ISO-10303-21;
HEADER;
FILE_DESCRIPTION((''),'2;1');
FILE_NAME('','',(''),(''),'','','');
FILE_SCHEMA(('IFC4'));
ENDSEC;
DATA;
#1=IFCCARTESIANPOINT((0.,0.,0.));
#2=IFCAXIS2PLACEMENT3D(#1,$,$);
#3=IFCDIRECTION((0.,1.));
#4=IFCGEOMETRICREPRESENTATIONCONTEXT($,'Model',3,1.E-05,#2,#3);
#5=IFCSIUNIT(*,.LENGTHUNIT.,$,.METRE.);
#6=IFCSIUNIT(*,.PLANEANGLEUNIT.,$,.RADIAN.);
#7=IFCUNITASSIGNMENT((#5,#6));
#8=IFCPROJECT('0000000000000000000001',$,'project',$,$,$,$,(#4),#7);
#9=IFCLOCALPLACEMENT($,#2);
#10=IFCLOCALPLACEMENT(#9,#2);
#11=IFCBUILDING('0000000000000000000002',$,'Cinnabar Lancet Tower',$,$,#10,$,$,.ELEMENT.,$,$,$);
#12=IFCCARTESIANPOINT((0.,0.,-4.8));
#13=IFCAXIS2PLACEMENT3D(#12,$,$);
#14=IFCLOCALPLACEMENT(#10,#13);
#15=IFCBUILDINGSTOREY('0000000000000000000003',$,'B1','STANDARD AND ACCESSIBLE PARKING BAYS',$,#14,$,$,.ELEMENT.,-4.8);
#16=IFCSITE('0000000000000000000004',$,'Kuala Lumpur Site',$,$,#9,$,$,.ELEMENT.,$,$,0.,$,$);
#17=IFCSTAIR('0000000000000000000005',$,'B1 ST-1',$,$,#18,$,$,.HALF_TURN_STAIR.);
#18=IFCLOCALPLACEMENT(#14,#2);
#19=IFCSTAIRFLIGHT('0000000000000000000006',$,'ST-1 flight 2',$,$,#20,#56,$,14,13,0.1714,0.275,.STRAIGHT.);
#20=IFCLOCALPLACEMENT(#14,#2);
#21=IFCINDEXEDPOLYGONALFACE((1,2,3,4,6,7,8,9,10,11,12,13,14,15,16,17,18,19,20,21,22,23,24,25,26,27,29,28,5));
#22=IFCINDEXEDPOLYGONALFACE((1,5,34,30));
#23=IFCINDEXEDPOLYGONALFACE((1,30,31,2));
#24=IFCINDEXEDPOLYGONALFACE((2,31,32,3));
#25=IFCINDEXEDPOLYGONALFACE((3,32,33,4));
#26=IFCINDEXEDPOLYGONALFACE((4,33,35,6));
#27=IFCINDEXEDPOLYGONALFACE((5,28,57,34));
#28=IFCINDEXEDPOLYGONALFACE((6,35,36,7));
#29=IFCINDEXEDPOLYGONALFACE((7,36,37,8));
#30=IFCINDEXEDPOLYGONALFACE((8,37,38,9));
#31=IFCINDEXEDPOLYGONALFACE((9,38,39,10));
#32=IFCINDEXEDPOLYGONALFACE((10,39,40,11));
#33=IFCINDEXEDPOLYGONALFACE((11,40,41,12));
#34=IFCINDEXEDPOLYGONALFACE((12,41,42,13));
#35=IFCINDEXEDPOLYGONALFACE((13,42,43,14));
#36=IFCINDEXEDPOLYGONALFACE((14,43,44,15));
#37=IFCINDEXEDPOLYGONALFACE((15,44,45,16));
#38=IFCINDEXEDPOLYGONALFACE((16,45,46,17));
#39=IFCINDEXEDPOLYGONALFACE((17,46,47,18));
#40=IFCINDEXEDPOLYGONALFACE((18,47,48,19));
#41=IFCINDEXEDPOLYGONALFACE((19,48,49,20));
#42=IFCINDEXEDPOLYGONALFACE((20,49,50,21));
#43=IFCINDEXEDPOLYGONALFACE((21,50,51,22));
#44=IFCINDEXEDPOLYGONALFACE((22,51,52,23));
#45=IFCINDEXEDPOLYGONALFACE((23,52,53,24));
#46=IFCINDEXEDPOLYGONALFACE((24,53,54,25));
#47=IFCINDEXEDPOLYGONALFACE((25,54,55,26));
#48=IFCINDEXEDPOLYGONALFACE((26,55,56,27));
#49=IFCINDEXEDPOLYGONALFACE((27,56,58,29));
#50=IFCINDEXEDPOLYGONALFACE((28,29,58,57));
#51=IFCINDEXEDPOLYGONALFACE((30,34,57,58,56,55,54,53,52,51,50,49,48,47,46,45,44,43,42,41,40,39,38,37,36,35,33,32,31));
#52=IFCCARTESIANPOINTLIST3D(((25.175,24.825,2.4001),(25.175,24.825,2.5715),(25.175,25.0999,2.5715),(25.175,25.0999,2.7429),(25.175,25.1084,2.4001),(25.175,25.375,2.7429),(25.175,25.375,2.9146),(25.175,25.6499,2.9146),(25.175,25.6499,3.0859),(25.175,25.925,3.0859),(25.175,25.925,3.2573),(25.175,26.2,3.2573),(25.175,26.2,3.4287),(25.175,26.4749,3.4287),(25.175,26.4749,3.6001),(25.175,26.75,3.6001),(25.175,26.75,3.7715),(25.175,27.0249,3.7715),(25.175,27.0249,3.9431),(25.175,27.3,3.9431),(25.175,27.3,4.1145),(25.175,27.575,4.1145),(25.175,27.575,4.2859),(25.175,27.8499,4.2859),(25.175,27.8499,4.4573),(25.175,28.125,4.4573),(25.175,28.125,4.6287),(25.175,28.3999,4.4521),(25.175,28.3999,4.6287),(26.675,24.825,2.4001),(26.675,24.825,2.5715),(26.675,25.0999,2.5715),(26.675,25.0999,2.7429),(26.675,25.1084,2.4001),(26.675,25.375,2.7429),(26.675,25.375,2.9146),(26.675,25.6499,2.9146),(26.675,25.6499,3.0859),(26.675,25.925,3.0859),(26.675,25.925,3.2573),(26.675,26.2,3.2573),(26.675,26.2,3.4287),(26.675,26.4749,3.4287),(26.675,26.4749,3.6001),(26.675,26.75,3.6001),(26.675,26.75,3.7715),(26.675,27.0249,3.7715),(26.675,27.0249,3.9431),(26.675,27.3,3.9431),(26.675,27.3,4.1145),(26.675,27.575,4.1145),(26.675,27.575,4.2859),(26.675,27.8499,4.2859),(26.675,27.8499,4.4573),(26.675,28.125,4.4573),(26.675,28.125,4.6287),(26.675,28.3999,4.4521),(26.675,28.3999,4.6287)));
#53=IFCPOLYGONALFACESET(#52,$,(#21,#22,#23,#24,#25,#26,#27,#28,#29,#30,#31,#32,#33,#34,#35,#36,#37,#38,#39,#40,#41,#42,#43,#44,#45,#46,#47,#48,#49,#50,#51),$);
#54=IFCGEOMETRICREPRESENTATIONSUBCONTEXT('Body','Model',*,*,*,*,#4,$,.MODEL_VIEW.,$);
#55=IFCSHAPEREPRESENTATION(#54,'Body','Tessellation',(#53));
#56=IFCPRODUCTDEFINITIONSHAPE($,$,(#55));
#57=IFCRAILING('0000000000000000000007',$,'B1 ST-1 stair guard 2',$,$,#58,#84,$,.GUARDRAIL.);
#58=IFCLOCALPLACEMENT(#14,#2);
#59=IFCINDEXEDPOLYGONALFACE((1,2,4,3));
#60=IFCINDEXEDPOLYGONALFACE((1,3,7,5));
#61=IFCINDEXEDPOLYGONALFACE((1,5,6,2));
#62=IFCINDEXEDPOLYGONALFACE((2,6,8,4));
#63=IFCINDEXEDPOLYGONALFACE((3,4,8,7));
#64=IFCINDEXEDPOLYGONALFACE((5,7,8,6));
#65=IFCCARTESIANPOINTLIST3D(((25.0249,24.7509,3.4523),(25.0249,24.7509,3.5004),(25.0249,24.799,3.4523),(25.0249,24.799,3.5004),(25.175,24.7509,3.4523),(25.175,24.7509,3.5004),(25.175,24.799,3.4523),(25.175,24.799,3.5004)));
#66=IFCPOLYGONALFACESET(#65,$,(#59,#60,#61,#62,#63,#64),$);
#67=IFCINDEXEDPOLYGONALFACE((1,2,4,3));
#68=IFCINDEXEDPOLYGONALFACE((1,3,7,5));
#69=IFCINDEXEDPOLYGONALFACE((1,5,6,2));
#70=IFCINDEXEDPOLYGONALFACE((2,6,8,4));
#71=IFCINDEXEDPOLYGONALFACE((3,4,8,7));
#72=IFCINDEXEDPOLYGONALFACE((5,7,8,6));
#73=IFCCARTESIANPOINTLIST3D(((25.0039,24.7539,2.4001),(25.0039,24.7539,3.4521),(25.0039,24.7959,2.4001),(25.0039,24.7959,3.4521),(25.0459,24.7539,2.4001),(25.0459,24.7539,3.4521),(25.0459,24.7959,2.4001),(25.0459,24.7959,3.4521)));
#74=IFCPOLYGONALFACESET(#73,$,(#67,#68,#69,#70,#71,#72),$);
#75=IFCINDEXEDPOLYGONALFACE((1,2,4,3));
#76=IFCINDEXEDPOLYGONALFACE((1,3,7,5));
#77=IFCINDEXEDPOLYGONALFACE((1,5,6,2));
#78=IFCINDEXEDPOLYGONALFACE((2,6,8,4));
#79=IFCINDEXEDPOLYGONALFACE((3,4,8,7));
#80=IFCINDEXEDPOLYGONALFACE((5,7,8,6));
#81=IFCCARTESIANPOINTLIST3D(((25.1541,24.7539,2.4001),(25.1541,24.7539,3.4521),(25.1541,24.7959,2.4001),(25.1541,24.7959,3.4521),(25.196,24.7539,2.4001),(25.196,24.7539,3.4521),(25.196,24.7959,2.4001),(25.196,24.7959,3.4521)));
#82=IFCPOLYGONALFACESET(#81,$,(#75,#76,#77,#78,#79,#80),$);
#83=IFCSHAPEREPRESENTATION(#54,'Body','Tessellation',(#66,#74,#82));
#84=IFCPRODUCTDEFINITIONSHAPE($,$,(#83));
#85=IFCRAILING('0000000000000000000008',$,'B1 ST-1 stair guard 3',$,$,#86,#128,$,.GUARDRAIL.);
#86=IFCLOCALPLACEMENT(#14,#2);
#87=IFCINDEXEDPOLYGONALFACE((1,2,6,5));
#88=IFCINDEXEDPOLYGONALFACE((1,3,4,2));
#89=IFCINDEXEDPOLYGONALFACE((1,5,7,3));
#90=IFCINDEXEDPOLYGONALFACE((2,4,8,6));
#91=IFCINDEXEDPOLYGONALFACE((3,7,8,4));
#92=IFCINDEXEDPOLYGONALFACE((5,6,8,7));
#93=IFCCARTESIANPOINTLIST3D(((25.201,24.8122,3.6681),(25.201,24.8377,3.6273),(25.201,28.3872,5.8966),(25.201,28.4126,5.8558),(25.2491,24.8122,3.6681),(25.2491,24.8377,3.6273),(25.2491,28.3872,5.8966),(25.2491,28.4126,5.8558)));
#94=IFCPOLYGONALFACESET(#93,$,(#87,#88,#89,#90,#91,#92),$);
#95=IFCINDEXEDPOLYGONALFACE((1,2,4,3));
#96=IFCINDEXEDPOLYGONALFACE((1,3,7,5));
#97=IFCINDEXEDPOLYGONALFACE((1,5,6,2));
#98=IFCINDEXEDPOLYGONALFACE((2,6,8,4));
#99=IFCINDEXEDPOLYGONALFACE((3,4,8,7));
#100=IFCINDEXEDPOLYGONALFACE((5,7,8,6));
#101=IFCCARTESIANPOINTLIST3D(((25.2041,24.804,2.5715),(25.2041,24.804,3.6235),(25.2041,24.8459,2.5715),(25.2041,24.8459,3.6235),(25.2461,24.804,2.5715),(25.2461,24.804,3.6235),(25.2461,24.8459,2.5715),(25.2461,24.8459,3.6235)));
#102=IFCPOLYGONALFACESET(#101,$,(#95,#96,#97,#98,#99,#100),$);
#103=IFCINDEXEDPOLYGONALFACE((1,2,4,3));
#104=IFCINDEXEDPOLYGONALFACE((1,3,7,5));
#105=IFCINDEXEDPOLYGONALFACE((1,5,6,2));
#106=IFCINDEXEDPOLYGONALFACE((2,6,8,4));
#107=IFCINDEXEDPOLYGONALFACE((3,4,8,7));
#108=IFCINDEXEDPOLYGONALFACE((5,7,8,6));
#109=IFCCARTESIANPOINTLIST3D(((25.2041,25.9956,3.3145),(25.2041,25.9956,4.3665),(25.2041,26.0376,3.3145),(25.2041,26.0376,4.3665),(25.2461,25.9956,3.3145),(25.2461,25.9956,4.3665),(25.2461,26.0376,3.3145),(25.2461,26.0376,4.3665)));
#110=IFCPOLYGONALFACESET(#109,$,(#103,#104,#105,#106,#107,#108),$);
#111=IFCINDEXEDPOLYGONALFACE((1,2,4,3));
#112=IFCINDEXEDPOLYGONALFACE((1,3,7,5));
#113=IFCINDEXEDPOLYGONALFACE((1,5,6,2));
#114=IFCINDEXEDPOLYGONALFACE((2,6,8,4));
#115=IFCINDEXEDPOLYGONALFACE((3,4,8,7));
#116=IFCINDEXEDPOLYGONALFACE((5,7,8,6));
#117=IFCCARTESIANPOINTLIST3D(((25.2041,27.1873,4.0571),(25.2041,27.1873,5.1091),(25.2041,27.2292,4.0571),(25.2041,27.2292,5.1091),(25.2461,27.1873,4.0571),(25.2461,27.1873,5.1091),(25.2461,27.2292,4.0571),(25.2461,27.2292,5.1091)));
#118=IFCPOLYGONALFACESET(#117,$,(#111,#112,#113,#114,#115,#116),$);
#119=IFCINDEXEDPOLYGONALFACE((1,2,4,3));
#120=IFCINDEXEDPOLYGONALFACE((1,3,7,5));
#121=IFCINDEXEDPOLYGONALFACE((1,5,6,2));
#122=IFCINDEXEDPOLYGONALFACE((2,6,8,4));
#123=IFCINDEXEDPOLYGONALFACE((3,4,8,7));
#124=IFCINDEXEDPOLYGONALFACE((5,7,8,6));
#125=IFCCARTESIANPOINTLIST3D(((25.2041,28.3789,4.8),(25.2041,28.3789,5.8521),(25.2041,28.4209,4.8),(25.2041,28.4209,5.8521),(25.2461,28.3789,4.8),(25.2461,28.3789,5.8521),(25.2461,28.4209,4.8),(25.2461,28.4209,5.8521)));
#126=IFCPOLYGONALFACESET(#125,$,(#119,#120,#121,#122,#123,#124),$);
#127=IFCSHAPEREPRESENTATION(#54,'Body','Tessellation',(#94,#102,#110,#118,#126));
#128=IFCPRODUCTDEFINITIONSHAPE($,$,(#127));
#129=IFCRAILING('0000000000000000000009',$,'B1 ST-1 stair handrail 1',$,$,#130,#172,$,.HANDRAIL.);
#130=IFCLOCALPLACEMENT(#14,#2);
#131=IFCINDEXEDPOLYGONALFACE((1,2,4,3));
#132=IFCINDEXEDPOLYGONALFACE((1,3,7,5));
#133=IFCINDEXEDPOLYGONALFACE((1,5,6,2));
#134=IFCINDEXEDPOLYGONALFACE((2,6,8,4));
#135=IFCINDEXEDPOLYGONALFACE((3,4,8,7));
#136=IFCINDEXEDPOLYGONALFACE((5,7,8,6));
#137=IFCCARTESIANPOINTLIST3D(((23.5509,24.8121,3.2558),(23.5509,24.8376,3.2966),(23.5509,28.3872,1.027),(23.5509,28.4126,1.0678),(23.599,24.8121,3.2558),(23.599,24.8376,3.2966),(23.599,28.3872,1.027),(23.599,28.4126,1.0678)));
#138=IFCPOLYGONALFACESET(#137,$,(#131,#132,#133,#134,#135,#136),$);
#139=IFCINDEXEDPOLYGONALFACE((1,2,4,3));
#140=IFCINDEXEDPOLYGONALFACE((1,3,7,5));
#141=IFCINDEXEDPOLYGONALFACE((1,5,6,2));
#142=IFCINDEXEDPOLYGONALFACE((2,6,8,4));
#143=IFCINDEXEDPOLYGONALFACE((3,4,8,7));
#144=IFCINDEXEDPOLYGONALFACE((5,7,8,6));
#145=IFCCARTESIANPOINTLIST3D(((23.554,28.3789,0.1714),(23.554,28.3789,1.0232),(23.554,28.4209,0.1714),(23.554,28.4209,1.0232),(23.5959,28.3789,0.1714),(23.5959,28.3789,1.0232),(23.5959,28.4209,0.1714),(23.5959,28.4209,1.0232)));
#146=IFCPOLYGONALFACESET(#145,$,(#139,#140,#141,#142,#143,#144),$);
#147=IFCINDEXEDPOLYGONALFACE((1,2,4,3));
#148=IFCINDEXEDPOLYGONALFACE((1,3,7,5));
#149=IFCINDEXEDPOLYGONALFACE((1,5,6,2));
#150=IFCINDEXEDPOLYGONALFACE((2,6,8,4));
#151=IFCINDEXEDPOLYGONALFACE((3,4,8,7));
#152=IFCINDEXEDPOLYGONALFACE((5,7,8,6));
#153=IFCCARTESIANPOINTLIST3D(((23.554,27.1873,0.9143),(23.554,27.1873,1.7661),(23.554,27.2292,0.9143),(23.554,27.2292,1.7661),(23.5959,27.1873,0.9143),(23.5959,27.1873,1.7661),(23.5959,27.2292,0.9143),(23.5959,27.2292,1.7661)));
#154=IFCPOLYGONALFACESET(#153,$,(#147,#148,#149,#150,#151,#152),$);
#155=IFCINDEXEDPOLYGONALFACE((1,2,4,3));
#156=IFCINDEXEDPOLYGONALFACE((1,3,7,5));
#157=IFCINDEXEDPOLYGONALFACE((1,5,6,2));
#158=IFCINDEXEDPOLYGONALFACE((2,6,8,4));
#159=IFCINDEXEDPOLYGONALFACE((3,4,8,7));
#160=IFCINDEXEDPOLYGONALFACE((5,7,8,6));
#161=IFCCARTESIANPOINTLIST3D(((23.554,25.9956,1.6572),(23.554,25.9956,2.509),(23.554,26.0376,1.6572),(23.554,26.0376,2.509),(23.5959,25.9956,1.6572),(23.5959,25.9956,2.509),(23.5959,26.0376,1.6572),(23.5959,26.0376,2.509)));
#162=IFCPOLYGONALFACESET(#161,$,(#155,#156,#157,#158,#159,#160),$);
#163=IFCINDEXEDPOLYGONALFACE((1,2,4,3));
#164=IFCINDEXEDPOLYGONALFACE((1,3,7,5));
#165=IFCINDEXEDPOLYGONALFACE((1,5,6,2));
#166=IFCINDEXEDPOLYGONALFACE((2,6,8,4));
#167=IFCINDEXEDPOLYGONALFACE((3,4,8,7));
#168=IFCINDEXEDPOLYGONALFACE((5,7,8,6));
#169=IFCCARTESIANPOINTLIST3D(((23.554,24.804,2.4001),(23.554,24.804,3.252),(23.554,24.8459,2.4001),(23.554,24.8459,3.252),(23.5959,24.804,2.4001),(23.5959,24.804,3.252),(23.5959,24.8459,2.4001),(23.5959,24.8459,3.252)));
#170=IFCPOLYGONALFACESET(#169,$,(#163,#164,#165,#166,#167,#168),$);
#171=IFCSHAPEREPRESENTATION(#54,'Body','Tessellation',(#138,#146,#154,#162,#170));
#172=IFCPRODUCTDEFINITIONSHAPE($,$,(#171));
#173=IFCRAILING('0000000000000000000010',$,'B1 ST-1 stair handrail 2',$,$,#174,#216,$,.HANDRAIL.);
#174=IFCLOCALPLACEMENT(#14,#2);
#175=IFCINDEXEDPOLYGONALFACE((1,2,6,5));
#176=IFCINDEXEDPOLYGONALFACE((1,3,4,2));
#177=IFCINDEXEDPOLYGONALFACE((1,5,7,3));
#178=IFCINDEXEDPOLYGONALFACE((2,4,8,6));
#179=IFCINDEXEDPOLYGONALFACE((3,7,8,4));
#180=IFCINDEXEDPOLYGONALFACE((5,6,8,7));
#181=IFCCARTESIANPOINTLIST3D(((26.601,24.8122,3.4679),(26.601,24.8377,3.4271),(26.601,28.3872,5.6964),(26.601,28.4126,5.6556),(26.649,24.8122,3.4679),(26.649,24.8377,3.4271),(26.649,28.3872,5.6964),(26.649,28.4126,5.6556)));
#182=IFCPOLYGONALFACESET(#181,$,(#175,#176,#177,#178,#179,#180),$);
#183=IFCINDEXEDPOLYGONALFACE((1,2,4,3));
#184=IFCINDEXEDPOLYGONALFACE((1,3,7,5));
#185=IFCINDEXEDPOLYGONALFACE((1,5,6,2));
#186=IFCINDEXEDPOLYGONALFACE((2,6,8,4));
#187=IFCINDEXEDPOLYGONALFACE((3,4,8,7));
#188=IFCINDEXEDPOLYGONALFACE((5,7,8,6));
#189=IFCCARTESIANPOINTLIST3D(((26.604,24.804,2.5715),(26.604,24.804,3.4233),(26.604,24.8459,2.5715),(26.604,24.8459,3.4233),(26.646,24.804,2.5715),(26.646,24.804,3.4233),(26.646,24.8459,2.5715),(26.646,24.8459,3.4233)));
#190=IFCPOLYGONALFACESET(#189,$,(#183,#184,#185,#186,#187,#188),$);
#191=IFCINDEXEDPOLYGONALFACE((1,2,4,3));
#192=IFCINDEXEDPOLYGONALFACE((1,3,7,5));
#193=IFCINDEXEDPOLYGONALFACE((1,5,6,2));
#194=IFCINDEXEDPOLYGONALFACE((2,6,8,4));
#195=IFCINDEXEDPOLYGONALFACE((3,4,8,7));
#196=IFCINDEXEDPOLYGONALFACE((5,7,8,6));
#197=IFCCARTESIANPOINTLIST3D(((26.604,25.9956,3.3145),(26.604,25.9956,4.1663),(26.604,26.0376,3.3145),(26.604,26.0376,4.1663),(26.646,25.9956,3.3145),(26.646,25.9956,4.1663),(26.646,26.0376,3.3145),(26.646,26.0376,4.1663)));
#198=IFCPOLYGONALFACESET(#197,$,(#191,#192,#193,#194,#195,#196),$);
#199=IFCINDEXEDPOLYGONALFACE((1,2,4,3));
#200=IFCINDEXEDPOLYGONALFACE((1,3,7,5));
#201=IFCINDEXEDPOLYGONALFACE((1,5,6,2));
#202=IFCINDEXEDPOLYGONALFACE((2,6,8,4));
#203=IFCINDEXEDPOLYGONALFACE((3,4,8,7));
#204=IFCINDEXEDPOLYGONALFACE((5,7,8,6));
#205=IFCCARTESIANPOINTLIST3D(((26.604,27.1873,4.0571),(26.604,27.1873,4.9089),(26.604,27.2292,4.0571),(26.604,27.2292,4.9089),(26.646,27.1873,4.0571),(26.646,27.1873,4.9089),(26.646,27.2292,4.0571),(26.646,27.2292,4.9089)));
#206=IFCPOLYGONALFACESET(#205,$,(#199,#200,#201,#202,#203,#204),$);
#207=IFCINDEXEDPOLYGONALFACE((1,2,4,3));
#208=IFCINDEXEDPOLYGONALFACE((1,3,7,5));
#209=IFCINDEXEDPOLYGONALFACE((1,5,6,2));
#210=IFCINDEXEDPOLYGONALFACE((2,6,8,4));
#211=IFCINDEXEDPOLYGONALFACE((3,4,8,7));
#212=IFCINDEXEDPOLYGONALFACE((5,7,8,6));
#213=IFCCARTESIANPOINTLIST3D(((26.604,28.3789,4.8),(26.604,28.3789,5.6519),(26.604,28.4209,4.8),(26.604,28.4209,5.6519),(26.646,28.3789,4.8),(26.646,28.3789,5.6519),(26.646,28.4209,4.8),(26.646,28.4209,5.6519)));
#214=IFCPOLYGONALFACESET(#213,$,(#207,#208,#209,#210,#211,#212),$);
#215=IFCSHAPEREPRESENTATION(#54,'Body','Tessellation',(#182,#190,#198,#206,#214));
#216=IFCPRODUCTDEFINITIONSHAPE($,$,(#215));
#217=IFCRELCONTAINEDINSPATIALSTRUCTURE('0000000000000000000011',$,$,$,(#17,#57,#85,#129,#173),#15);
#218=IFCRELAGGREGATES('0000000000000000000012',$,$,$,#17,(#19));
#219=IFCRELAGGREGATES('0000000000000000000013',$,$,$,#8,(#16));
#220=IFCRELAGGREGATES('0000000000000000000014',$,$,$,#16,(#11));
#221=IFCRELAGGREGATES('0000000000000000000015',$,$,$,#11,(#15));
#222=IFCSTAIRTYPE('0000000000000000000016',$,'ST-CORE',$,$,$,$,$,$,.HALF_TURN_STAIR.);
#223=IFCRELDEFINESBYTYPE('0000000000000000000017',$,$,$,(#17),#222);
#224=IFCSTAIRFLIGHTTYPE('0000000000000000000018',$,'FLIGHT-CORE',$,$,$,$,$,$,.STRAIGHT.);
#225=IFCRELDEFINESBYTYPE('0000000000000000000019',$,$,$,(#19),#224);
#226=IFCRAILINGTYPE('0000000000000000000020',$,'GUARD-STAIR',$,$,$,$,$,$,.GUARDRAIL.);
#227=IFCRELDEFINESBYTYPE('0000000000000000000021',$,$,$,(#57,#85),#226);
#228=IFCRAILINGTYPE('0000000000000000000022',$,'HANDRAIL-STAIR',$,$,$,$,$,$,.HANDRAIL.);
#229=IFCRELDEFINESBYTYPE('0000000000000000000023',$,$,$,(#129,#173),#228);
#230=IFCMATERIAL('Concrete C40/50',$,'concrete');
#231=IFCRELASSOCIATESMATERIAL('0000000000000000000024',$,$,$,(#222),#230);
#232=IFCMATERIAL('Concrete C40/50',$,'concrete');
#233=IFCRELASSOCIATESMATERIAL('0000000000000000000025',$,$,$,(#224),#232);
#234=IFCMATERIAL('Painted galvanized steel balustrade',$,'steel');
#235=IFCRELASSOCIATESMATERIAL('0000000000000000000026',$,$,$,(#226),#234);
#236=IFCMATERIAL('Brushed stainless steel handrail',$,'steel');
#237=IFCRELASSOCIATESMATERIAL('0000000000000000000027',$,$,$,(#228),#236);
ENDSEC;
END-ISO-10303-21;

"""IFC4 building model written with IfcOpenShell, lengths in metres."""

from ifc_helpers import new_model, si_unit, direction, frame, origin, origin_2d, place, context, subcontext, project, spatial, polyline, rectangle, outline, extrude, material, type_object, element, aggregate, save


model = new_model("IFC4")

# Units and contexts
model_context = context("Model", 3, precision=1e-05, world=origin(), true_north=direction((0.0, 1.0)))
body_context = subcontext(model_context, "Body", "Model", "MODEL_VIEW")
ifc_project = project(units=[si_unit("LENGTHUNIT", "METRE"), si_unit("PLANEANGLEUNIT", "RADIAN")], contexts=[model_context])

# Site, building, storey
site_placement = place(None, origin())
site = spatial("IfcSite", under=ifc_project, at=site_placement, Name="Kuala Lumpur Site", CompositionType="ELEMENT", RefElevation=0.0)
building_placement = place(site_placement, origin())
building = spatial("IfcBuilding", under=site, at=building_placement, Name="Cinnabar Lancet Tower", CompositionType="ELEMENT")
storey_placement = place(building_placement, frame((0.0, 0.0, -4.8)))
storey = spatial("IfcBuildingStorey", under=building, at=storey_placement, Name="B1", Description="STANDARD AND ACCESSIBLE PARKING BAYS", CompositionType="ELEMENT", Elevation=-4.8)

# Stair, stair flight
ifc_material_1 = material(Name="Concrete C40/50", Category="concrete")
stair_type = type_object("IfcStairType", Name="ST-CORE", PredefinedType="HALF_TURN_STAIR", material=ifc_material_1)
stair_placement = place(storey_placement, origin())
stair = element("IfcStair", 1, at=stair_placement, inside=storey, type_object=stair_type, Name="B1 ST-1", PredefinedType="HALF_TURN_STAIR")
ifc_material_2 = material(Name="Concrete C40/50", Category="concrete")
stair_flight_type = type_object("IfcStairFlightType", Name="FLIGHT-CORE", PredefinedType="STRAIGHT", material=ifc_material_2)
stair_flight_1_placement = place(storey_placement, frame((25.925, 24.825, 2.4001), z_axis=(0.0, 0.0, 1.0), x_axis=(0.0, 1.0, 0.0)))
stair_flight_1 = element("IfcStairFlight", 2, at=stair_flight_1_placement, type_object=stair_flight_type, Name="ST-1 flight 2", NumberOfRisers=14, NumberOfTreads=13, PredefinedType="STRAIGHT", RiserHeight=0.1714, TreadLength=0.275, context=body_context, shape_type="SweptSolid", body=[
    extrude(outline(polyline([(0.0, 0.0), (0.0, 0.1714), (0.2749, 0.1714), (0.2749, 0.3428), (0.55, 0.3428), (0.55, 0.5144), (0.825, 0.5144), (0.825, 0.6858), (1.1001, 0.6858), (1.1001, 0.8572), (1.375, 0.8572), (1.375, 1.0286), (1.6499, 1.0286), (1.6499, 1.2), (1.925, 1.2), (1.925, 1.3713), (2.2, 1.3713), (2.2, 1.543), (2.4751, 1.543), (2.4751, 1.7144), (2.75, 1.7144), (2.75, 1.8857), (3.0249, 1.8857), (3.0249, 2.0571), (3.3, 2.0571), (3.3, 2.2285), (3.575, 2.2285), (3.575, 2.3999), (3.575, 2.052), (0.2834, 0.0), (0.0, 0.0)])), frame((0.0, 0.75, 0.0), z_axis=(0.0, -1.0, 0.0), x_axis=(1.0, 0.0, 0.0)), (0.0, 0.0, 1.0), 1.5),
])
aggregate(stair, [stair_flight_1])

# Railings
ifc_material_3 = material(Name="Painted galvanized steel balustrade", Category="steel")
railing_type_1 = type_object("IfcRailingType", Name="GUARD-STAIR", PredefinedType="GUARDRAIL", material=ifc_material_3)
railing_1_placement = place(storey_placement, frame((25.0249, 24.7749, 2.4001)))
element("IfcRailing", 3, at=railing_1_placement, inside=storey, type_object=railing_type_1, Name="B1 ST-1 stair guard 2", PredefinedType="GUARDRAIL", context=body_context, shape_type="SweptSolid", body=[
    extrude(rectangle(XDim=0.0481, YDim=0.0481, at=origin_2d()), frame((0.0, 0.0, 1.0762), z_axis=(1.0, 0.0, 0.0), x_axis=(0.0, 1.0, 0.0)), (0.0, 0.0, 1.0), 0.1501),
    extrude(rectangle(XDim=0.042, YDim=0.042, at=origin_2d()), origin(), (0.0, 0.0, 1.0), 1.052),
    extrude(rectangle(XDim=0.042, YDim=0.042, at=origin_2d()), frame((0.1501, 0.0, 0.0)), (0.0, 0.0, 1.0), 1.052),
])
railing_2_placement = place(storey_placement, frame((25.2251, 24.825, 2.5715)))
element("IfcRailing", 4, at=railing_2_placement, inside=storey, type_object=railing_type_1, Name="B1 ST-1 stair guard 3", PredefinedType="GUARDRAIL", context=body_context, shape_type="SweptSolid", body=[
    extrude(rectangle(XDim=0.0481, YDim=0.0481, at=origin_2d()), frame((0.0, 0.0, 1.0762), z_axis=(0.0, 0.84862, 0.529004), x_axis=(-1.0, 0.0, 0.0)), (0.0, 0.0, 1.0), 4.2126),
    extrude(rectangle(XDim=0.042, YDim=0.042, at=origin_2d()), origin(), (0.0, 0.0, 1.0), 1.052),
    extrude(rectangle(XDim=0.042, YDim=0.042, at=origin_2d()), frame((0.0, 1.1917, 0.7429)), (0.0, 0.0, 1.0), 1.052),
    extrude(rectangle(XDim=0.042, YDim=0.042, at=origin_2d()), frame((0.0, 2.3833, 1.4856)), (0.0, 0.0, 1.0), 1.052),
    extrude(rectangle(XDim=0.042, YDim=0.042, at=origin_2d()), frame((0.0, 3.575, 2.2285)), (0.0, 0.0, 1.0), 1.052),
])
ifc_material_4 = material(Name="Brushed stainless steel handrail", Category="steel")
railing_type_2 = type_object("IfcRailingType", Name="HANDRAIL-STAIR", PredefinedType="HANDRAIL", material=ifc_material_4)
railing_3_placement = place(storey_placement, frame((23.575, 28.3999, 0.1714)))
element("IfcRailing", 5, at=railing_3_placement, inside=storey, type_object=railing_type_2, Name="B1 ST-1 stair handrail 1", PredefinedType="HANDRAIL", context=body_context, shape_type="SweptSolid", body=[
    extrude(rectangle(XDim=0.0481, YDim=0.0481, at=origin_2d()), frame((0.0, 0.0, 0.876), z_axis=(0.0, -0.848594, 0.529045), x_axis=(1.0, 0.0, 0.0)), (0.0, 0.0, 1.0), 4.2129),
    extrude(rectangle(XDim=0.042, YDim=0.042, at=origin_2d()), origin(), (0.0, 0.0, 1.0), 0.8518),
    extrude(rectangle(XDim=0.042, YDim=0.042, at=origin_2d()), frame((0.0, -1.1917, 0.7429)), (0.0, 0.0, 1.0), 0.8518),
    extrude(rectangle(XDim=0.042, YDim=0.042, at=origin_2d()), frame((0.0, -2.3833, 1.4858)), (0.0, 0.0, 1.0), 0.8518),
    extrude(rectangle(XDim=0.042, YDim=0.042, at=origin_2d()), frame((0.0, -3.575, 2.2288)), (0.0, 0.0, 1.0), 0.8518),
])
railing_4_placement = place(storey_placement, frame((26.625, 24.825, 2.5715)))
element("IfcRailing", 6, at=railing_4_placement, inside=storey, type_object=railing_type_2, Name="B1 ST-1 stair handrail 2", PredefinedType="HANDRAIL", context=body_context, shape_type="SweptSolid", body=[
    extrude(rectangle(XDim=0.0481, YDim=0.0481, at=origin_2d()), frame((0.0, 0.0, 0.876), z_axis=(0.0, 0.84862, 0.529004), x_axis=(-1.0, 0.0, 0.0)), (0.0, 0.0, 1.0), 4.2126),
    extrude(rectangle(XDim=0.042, YDim=0.042, at=origin_2d()), origin(), (0.0, 0.0, 1.0), 0.8518),
    extrude(rectangle(XDim=0.042, YDim=0.042, at=origin_2d()), frame((0.0, 1.1917, 0.7429)), (0.0, 0.0, 1.0), 0.8518),
    extrude(rectangle(XDim=0.042, YDim=0.042, at=origin_2d()), frame((0.0, 2.3833, 1.4856)), (0.0, 0.0, 1.0), 0.8518),
    extrude(rectangle(XDim=0.042, YDim=0.042, at=origin_2d()), frame((0.0, 3.575, 2.2285)), (0.0, 0.0, 1.0), 0.8518),
])

save(model, "model.ifc")
